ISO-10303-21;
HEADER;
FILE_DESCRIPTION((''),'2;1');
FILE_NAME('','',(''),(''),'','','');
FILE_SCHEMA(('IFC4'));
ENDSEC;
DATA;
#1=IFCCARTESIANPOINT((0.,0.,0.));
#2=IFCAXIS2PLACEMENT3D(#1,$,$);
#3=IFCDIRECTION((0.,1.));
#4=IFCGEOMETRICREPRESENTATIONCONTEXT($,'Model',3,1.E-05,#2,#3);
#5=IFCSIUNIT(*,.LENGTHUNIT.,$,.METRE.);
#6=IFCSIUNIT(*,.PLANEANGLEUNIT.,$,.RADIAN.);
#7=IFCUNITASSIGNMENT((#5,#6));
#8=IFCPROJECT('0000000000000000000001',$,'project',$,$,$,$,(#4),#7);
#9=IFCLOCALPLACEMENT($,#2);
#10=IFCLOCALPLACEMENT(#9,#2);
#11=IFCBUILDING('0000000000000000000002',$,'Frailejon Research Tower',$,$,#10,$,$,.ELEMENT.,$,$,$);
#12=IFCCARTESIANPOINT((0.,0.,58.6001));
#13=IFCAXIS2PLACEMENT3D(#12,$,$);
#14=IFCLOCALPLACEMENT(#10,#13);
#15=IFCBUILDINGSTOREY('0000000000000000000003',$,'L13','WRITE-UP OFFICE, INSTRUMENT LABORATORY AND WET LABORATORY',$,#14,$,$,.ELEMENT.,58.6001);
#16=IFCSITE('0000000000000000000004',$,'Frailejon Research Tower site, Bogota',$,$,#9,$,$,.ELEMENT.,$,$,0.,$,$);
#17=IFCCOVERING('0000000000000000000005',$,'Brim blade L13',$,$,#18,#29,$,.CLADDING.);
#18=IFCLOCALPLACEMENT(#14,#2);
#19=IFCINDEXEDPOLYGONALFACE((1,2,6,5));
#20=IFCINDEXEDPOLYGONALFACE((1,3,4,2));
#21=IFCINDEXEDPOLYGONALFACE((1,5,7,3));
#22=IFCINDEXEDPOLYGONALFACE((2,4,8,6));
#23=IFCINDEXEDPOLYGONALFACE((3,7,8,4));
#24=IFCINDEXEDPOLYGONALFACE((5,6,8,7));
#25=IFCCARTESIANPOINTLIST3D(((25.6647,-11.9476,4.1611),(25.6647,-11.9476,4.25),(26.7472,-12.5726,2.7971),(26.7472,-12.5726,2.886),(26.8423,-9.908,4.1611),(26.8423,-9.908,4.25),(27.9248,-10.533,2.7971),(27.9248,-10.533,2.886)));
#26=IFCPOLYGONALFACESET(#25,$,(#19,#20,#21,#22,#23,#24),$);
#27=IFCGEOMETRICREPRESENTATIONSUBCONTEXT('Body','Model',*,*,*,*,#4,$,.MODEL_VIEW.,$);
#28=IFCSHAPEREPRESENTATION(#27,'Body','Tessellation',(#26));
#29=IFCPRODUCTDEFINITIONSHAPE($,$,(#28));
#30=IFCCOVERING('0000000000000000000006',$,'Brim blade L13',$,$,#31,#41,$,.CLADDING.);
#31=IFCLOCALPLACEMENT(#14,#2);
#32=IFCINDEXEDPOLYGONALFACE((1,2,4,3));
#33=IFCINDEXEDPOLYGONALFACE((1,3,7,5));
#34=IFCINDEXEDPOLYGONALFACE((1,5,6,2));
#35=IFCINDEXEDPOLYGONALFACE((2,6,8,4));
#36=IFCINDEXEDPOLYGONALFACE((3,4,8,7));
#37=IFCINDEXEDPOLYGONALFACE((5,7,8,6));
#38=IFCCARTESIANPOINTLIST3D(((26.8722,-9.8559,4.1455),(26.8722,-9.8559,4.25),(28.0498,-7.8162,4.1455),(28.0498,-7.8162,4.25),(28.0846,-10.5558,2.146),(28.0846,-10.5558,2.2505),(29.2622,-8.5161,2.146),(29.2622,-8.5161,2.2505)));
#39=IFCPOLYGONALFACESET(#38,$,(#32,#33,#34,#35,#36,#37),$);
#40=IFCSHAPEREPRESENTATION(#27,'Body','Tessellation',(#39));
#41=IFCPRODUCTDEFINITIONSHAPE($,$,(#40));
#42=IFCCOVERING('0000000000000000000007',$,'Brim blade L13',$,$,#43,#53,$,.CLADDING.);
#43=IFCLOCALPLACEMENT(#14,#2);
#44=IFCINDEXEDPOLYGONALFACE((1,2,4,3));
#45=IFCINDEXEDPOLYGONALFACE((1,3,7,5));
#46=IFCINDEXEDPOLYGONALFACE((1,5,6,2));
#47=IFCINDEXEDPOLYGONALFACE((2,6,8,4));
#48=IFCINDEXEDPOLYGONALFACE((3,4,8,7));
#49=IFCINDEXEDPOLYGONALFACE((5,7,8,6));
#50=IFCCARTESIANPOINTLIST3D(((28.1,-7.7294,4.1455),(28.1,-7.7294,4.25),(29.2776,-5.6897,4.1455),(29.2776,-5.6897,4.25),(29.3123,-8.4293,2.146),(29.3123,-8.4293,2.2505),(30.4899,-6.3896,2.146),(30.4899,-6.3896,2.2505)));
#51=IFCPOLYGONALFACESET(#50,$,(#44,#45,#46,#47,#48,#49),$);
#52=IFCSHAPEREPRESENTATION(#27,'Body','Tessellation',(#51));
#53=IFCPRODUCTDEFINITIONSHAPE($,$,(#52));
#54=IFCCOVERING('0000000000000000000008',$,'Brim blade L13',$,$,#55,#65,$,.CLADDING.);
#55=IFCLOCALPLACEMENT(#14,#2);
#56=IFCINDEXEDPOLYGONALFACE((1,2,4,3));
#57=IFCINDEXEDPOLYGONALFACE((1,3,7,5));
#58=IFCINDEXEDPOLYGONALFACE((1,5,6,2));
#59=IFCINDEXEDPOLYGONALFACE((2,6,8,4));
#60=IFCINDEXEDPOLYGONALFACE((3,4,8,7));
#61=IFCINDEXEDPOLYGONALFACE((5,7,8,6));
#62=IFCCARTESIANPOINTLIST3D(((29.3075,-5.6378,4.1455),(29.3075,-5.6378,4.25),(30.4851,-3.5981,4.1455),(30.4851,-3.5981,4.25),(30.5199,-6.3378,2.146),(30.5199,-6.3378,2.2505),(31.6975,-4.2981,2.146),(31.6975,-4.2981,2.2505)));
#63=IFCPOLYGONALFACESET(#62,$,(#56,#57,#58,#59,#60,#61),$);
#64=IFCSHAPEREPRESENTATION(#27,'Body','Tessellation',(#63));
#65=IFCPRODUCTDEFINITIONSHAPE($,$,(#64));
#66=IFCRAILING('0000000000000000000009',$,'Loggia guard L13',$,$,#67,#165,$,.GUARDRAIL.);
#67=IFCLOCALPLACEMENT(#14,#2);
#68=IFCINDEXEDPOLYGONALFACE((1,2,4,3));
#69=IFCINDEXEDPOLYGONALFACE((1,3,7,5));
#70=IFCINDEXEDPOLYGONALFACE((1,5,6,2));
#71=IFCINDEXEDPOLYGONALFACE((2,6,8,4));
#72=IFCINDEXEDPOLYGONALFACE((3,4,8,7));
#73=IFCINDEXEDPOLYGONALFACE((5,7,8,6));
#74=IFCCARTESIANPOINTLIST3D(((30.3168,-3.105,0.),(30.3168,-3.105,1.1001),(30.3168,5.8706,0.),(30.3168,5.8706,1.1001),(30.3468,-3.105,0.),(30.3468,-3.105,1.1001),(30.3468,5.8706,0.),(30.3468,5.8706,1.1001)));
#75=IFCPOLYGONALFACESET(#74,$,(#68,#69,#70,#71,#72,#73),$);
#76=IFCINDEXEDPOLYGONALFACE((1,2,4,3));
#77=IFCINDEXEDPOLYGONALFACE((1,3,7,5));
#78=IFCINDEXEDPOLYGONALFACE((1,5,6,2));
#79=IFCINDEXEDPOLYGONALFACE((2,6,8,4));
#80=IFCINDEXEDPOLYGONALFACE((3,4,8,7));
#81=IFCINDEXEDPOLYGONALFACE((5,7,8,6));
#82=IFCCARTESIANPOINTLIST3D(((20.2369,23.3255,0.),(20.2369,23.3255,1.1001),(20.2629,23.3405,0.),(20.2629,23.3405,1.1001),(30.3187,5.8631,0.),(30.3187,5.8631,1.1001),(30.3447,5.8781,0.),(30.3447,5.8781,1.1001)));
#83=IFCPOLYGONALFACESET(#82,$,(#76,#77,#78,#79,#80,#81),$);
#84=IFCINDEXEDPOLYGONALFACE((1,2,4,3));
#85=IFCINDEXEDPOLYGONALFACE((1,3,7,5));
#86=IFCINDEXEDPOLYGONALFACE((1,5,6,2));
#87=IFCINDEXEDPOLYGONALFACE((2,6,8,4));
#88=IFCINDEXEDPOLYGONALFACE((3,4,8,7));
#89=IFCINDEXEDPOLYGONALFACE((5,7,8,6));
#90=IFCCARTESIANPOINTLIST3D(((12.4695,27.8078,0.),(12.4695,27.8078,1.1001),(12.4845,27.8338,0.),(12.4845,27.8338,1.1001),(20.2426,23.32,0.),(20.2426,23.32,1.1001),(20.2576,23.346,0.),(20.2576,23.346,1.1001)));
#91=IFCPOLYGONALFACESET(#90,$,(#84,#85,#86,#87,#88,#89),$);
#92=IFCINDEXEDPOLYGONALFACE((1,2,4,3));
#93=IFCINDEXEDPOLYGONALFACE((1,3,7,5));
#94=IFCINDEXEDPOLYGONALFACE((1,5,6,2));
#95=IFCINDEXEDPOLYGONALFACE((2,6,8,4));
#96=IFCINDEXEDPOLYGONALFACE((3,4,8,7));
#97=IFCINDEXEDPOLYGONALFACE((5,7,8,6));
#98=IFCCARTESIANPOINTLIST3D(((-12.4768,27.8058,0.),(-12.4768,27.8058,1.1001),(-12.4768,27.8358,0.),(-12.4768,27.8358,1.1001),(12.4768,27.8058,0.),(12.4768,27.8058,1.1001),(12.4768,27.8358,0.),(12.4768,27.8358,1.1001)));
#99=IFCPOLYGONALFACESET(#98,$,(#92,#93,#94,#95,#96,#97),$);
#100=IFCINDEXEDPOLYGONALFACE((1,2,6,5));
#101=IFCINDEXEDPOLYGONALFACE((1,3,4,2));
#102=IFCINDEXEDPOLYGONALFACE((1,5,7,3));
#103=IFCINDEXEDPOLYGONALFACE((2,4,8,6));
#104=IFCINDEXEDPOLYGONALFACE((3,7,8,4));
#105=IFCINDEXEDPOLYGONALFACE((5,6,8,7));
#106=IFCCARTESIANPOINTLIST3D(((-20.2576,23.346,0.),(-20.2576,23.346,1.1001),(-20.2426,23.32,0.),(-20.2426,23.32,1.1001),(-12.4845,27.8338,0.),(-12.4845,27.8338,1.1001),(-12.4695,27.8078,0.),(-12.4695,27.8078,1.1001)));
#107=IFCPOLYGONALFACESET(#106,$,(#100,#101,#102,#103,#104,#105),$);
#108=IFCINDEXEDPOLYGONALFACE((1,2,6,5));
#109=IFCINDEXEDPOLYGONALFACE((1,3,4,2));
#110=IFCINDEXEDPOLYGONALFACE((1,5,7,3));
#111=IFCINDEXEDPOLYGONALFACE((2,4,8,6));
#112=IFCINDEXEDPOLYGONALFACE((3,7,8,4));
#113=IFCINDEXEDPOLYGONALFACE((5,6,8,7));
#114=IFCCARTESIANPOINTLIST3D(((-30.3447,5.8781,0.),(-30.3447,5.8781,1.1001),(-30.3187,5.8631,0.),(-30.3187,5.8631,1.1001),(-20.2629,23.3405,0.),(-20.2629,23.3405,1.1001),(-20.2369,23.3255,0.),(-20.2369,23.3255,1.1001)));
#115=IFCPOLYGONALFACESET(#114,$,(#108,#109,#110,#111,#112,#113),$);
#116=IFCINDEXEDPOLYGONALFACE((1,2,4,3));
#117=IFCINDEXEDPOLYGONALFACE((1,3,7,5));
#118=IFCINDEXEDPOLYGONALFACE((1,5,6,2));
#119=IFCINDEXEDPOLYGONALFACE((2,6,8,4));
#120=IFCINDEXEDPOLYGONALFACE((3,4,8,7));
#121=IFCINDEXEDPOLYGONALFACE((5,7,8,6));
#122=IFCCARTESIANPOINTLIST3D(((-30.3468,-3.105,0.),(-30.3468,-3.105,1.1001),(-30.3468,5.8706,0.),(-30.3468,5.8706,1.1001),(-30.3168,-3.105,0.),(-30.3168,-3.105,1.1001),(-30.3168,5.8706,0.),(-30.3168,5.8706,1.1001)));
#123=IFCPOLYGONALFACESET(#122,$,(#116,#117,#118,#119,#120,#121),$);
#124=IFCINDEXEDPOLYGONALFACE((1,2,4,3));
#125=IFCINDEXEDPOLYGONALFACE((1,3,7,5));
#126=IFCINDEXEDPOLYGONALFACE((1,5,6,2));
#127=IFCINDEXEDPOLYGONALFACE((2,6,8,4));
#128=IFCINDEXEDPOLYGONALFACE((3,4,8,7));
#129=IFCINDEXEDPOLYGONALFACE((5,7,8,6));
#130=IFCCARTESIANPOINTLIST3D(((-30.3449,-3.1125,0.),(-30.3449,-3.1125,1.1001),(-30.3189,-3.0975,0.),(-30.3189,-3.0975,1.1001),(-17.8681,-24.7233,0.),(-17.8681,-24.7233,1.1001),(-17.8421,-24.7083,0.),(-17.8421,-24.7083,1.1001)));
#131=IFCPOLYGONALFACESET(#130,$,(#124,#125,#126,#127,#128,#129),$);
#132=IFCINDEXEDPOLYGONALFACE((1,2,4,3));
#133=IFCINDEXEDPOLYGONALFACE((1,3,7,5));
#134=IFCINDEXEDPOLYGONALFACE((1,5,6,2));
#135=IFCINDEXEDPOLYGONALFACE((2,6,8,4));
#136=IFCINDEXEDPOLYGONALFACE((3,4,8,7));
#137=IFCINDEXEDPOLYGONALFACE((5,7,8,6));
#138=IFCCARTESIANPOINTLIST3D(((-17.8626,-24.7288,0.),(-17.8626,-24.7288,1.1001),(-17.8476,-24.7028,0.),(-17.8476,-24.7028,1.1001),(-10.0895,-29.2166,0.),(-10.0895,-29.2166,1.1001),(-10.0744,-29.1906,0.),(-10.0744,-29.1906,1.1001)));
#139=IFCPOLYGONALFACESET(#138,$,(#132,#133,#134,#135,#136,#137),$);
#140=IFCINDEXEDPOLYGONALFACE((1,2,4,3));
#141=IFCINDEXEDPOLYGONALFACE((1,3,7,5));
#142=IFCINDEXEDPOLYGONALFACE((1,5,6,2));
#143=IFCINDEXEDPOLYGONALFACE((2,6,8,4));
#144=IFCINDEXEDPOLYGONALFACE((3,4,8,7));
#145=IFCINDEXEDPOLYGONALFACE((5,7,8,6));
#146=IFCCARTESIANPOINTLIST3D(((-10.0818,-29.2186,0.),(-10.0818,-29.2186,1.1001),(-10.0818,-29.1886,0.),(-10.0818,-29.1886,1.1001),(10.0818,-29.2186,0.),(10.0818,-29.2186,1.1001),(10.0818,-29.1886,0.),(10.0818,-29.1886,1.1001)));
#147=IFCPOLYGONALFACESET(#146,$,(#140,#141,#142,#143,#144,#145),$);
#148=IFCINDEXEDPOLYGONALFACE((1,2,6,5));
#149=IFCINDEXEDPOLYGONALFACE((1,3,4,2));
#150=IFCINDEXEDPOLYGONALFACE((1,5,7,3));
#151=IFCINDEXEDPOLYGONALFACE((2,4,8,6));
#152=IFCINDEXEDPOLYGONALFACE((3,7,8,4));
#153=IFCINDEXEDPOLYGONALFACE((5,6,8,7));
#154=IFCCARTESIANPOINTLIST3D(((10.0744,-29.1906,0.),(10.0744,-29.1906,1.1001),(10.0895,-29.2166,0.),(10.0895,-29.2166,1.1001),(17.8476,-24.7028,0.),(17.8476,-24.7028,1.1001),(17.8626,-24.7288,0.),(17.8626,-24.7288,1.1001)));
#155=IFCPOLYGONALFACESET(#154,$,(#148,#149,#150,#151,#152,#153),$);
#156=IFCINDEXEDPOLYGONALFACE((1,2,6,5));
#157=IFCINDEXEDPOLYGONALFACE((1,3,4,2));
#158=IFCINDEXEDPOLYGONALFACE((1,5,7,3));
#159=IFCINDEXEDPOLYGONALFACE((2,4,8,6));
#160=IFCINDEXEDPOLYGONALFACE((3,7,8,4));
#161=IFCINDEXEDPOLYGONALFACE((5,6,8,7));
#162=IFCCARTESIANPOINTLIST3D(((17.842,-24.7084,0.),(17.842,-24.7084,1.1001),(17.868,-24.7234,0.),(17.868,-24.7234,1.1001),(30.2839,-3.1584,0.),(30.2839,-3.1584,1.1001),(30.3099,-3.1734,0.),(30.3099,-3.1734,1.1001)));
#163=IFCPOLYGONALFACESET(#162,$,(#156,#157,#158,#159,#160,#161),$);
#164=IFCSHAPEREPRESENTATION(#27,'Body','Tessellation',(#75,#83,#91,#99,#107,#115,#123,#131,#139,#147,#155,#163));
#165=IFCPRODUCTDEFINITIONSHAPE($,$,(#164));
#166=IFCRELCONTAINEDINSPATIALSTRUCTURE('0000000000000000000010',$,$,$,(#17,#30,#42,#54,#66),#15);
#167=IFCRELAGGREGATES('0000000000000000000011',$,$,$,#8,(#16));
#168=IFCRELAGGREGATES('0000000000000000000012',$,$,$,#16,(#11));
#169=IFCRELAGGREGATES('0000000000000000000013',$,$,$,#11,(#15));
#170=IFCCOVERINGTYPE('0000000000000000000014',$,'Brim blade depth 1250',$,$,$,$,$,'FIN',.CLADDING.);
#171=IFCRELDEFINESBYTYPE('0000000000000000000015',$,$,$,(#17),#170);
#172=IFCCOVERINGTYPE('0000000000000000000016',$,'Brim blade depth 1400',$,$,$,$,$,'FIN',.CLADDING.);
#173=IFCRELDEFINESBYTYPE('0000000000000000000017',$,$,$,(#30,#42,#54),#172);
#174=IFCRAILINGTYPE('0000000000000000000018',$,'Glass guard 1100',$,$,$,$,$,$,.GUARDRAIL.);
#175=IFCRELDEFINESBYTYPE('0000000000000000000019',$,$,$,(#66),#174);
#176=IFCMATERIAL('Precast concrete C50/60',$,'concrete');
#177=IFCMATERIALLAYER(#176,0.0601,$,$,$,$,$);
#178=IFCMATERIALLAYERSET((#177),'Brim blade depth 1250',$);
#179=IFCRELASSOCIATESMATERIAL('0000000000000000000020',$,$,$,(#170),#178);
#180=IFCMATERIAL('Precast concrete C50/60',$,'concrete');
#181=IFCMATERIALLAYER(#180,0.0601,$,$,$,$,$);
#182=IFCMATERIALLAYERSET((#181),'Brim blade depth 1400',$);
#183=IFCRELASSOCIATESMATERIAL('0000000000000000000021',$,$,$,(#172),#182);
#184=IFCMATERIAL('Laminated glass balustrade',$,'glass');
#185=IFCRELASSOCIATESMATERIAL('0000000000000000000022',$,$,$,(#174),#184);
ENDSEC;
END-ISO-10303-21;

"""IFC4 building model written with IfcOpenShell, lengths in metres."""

from ifc_helpers import new_model, si_unit, direction, frame, origin, origin_2d, place, context, subcontext, project, spatial, polyline, rectangle, outline, extrude, material, layer, layer_set, type_object, element, save


model = new_model("IFC4")

# Units and contexts
model_context = context("Model", 3, precision=1e-05, world=origin(), true_north=direction((0.0, 1.0)))
body_context = subcontext(model_context, "Body", "Model", "MODEL_VIEW")
ifc_project = project(units=[si_unit("LENGTHUNIT", "METRE"), si_unit("PLANEANGLEUNIT", "RADIAN")], contexts=[model_context])

# Site, building, storey
site_placement = place(None, origin())
site = spatial("IfcSite", under=ifc_project, at=site_placement, Name="Frailejon Research Tower site, Bogota", CompositionType="ELEMENT", RefElevation=0.0)
building_placement = place(site_placement, origin())
building = spatial("IfcBuilding", under=site, at=building_placement, Name="Frailejon Research Tower", CompositionType="ELEMENT")
storey_placement = place(building_placement, frame((0.0, 0.0, 58.6001)))
storey = spatial("IfcBuildingStorey", under=building, at=storey_placement, Name="L13", Description="WRITE-UP OFFICE, INSTRUMENT LABORATORY AND WET LABORATORY", CompositionType="ELEMENT", Elevation=58.6001)

# Coverings
ifc_material_1 = material(Name="Precast concrete C50/60", Category="concrete")
ifc_layer_1 = layer(ifc_material_1, 0.0601)
ifc_layer_set_1 = layer_set([ifc_layer_1], Name="Brim blade depth 1250")
covering_type_1 = type_object("IfcCoveringType", Name="Brim blade depth 1250", ElementType="FIN", PredefinedType="CLADDING", material=ifc_layer_set_1)
for number, where, z_axis, x_axis, name in (
    (1, (26.8423, -9.908, 4.25), (-0.499997, -0.866027, 0.0), (0.866027, -0.499997, 0.0), "Brim blade L13"),
):
    element("IfcCovering", number, at=place(storey_placement, frame(where, z_axis=z_axis, x_axis=x_axis)), inside=storey, type_object=covering_type_1, Name=name, PredefinedType="CLADDING", context=body_context, shape_type="SweptSolid", body=[
        extrude(outline(polyline([(0.0, -0.0889), (1.25, -1.4529), (1.25, -1.364), (0.0, 0.0), (0.0, -0.0889)])), origin(), (0.0, 0.0, 1.0), 2.3552),
    ])
ifc_material_2 = material(Name="Precast concrete C50/60", Category="concrete")
ifc_layer_2 = layer(ifc_material_2, 0.0601)
ifc_layer_set_2 = layer_set([ifc_layer_2], Name="Brim blade depth 1400")
covering_type_2 = type_object("IfcCoveringType", Name="Brim blade depth 1400", ElementType="FIN", PredefinedType="CLADDING", material=ifc_layer_set_2)
for number, where, z_axis, x_axis, name in (
    (2, (28.0498, -7.8162, 4.25), (-0.499997, -0.866027, 0.0), (0.866027, -0.499997, 0.0), "Brim blade L13"),
    (3, (29.2776, -5.6897, 4.25), (-0.499997, -0.866027, 0.0), (0.866027, -0.499997, 0.0), "Brim blade L13"),
    (4, (30.4851, -3.5981, 4.25), (-0.499997, -0.866027, 0.0), (0.866027, -0.499997, 0.0), "Brim blade L13"),
):
    element("IfcCovering", number, at=place(storey_placement, frame(where, z_axis=z_axis, x_axis=x_axis)), inside=storey, type_object=covering_type_2, Name=name, PredefinedType="CLADDING", context=body_context, shape_type="SweptSolid", body=[
        extrude(outline(polyline([(0.0, -0.1045), (1.3999, -2.104), (1.3999, -1.9995), (0.0, 0.0), (0.0, -0.1045)])), origin(), (0.0, 0.0, 1.0), 2.3552),
    ])

# Railing
ifc_material_3 = material(Name="Laminated glass balustrade", Category="glass")
railing_type = type_object("IfcRailingType", Name="Glass guard 1100", PredefinedType="GUARDRAIL", material=ifc_material_3)
railing_placement = place(storey_placement, frame((30.3318, -3.105, 0.0)))
element("IfcRailing", 5, at=railing_placement, inside=storey, type_object=railing_type, Name="Loggia guard L13", PredefinedType="GUARDRAIL", context=body_context, shape_type="SweptSolid", body=[
    extrude(rectangle(XDim=8.9756, YDim=0.03, at=origin_2d()), frame((0.0, 4.4878, 0.0), z_axis=(0.0, 0.0, 1.0), x_axis=(0.0, 1.0, 0.0)), (0.0, 0.0, 1.0), 1.1001),
    extrude(rectangle(XDim=20.1638, YDim=0.03, at=origin_2d()), frame((-5.041, 17.7068, 0.0), z_axis=(0.0, 0.0, 1.0), x_axis=(-0.499995, 0.866028, 0.0)), (0.0, 0.0, 1.0), 1.1001),
    extrude(rectangle(XDim=8.9756, YDim=0.03, at=origin_2d()), frame((-13.9683, 28.6819, 0.0), z_axis=(0.0, 0.0, 1.0), x_axis=(-0.866028, 0.499995, 0.0)), (0.0, 0.0, 1.0), 1.1001),
    extrude(rectangle(XDim=24.9536, YDim=0.03, at=origin_2d()), frame((-30.3318, 30.9258, 0.0), z_axis=(0.0, 0.0, 1.0), x_axis=(-1.0, 0.0, 0.0)), (0.0, 0.0, 1.0), 1.1001),
    extrude(rectangle(XDim=8.9756, YDim=0.03, at=origin_2d()), frame((-46.6953, 28.6819, 0.0), z_axis=(0.0, 0.0, 1.0), x_axis=(-0.866028, -0.499995, 0.0)), (0.0, 0.0, 1.0), 1.1001),
    extrude(rectangle(XDim=20.1638, YDim=0.03, at=origin_2d()), frame((-55.6226, 17.7068, 0.0), z_axis=(0.0, 0.0, 1.0), x_axis=(-0.499995, -0.866028, 0.0)), (0.0, 0.0, 1.0), 1.1001),
    extrude(rectangle(XDim=8.9756, YDim=0.03, at=origin_2d()), frame((-60.6636, 4.4878, 0.0), z_axis=(0.0, 0.0, 1.0), x_axis=(0.0, -1.0, 0.0)), (0.0, 0.0, 1.0), 1.1001),
    extrude(rectangle(XDim=24.9539, YDim=0.03, at=origin_2d()), frame((-54.4253, -10.8054, 0.0), z_axis=(0.0, 0.0, 1.0), x_axis=(0.499993, -0.866029, 0.0)), (0.0, 0.0, 1.0), 1.1001),
    extrude(rectangle(XDim=8.9756, YDim=0.03, at=origin_2d()), frame((-44.3003, -23.8547, 0.0), z_axis=(0.0, 0.0, 1.0), x_axis=(0.866028, -0.499995, 0.0)), (0.0, 0.0, 1.0), 1.1001),
    extrude(rectangle(XDim=20.1636, YDim=0.03, at=origin_2d()), frame((-30.3318, -26.0986, 0.0), z_axis=(0.0, 0.0, 1.0), x_axis=(1.0, 0.0, 0.0)), (0.0, 0.0, 1.0), 1.1001),
    extrude(rectangle(XDim=8.9756, YDim=0.03, at=origin_2d()), frame((-16.3633, -23.8547, 0.0), z_axis=(0.0, 0.0, 1.0), x_axis=(0.866028, 0.499995, 0.0)), (0.0, 0.0, 1.0), 1.1001),
    extrude(rectangle(XDim=24.8838, YDim=0.03, at=origin_2d()), frame((-6.2559, -10.8359, 0.0), z_axis=(0.0, 0.0, 1.0), x_axis=(0.499999, 0.866026, 0.0)), (0.0, 0.0, 1.0), 1.1001),
])

save(model, "model.ifc")
